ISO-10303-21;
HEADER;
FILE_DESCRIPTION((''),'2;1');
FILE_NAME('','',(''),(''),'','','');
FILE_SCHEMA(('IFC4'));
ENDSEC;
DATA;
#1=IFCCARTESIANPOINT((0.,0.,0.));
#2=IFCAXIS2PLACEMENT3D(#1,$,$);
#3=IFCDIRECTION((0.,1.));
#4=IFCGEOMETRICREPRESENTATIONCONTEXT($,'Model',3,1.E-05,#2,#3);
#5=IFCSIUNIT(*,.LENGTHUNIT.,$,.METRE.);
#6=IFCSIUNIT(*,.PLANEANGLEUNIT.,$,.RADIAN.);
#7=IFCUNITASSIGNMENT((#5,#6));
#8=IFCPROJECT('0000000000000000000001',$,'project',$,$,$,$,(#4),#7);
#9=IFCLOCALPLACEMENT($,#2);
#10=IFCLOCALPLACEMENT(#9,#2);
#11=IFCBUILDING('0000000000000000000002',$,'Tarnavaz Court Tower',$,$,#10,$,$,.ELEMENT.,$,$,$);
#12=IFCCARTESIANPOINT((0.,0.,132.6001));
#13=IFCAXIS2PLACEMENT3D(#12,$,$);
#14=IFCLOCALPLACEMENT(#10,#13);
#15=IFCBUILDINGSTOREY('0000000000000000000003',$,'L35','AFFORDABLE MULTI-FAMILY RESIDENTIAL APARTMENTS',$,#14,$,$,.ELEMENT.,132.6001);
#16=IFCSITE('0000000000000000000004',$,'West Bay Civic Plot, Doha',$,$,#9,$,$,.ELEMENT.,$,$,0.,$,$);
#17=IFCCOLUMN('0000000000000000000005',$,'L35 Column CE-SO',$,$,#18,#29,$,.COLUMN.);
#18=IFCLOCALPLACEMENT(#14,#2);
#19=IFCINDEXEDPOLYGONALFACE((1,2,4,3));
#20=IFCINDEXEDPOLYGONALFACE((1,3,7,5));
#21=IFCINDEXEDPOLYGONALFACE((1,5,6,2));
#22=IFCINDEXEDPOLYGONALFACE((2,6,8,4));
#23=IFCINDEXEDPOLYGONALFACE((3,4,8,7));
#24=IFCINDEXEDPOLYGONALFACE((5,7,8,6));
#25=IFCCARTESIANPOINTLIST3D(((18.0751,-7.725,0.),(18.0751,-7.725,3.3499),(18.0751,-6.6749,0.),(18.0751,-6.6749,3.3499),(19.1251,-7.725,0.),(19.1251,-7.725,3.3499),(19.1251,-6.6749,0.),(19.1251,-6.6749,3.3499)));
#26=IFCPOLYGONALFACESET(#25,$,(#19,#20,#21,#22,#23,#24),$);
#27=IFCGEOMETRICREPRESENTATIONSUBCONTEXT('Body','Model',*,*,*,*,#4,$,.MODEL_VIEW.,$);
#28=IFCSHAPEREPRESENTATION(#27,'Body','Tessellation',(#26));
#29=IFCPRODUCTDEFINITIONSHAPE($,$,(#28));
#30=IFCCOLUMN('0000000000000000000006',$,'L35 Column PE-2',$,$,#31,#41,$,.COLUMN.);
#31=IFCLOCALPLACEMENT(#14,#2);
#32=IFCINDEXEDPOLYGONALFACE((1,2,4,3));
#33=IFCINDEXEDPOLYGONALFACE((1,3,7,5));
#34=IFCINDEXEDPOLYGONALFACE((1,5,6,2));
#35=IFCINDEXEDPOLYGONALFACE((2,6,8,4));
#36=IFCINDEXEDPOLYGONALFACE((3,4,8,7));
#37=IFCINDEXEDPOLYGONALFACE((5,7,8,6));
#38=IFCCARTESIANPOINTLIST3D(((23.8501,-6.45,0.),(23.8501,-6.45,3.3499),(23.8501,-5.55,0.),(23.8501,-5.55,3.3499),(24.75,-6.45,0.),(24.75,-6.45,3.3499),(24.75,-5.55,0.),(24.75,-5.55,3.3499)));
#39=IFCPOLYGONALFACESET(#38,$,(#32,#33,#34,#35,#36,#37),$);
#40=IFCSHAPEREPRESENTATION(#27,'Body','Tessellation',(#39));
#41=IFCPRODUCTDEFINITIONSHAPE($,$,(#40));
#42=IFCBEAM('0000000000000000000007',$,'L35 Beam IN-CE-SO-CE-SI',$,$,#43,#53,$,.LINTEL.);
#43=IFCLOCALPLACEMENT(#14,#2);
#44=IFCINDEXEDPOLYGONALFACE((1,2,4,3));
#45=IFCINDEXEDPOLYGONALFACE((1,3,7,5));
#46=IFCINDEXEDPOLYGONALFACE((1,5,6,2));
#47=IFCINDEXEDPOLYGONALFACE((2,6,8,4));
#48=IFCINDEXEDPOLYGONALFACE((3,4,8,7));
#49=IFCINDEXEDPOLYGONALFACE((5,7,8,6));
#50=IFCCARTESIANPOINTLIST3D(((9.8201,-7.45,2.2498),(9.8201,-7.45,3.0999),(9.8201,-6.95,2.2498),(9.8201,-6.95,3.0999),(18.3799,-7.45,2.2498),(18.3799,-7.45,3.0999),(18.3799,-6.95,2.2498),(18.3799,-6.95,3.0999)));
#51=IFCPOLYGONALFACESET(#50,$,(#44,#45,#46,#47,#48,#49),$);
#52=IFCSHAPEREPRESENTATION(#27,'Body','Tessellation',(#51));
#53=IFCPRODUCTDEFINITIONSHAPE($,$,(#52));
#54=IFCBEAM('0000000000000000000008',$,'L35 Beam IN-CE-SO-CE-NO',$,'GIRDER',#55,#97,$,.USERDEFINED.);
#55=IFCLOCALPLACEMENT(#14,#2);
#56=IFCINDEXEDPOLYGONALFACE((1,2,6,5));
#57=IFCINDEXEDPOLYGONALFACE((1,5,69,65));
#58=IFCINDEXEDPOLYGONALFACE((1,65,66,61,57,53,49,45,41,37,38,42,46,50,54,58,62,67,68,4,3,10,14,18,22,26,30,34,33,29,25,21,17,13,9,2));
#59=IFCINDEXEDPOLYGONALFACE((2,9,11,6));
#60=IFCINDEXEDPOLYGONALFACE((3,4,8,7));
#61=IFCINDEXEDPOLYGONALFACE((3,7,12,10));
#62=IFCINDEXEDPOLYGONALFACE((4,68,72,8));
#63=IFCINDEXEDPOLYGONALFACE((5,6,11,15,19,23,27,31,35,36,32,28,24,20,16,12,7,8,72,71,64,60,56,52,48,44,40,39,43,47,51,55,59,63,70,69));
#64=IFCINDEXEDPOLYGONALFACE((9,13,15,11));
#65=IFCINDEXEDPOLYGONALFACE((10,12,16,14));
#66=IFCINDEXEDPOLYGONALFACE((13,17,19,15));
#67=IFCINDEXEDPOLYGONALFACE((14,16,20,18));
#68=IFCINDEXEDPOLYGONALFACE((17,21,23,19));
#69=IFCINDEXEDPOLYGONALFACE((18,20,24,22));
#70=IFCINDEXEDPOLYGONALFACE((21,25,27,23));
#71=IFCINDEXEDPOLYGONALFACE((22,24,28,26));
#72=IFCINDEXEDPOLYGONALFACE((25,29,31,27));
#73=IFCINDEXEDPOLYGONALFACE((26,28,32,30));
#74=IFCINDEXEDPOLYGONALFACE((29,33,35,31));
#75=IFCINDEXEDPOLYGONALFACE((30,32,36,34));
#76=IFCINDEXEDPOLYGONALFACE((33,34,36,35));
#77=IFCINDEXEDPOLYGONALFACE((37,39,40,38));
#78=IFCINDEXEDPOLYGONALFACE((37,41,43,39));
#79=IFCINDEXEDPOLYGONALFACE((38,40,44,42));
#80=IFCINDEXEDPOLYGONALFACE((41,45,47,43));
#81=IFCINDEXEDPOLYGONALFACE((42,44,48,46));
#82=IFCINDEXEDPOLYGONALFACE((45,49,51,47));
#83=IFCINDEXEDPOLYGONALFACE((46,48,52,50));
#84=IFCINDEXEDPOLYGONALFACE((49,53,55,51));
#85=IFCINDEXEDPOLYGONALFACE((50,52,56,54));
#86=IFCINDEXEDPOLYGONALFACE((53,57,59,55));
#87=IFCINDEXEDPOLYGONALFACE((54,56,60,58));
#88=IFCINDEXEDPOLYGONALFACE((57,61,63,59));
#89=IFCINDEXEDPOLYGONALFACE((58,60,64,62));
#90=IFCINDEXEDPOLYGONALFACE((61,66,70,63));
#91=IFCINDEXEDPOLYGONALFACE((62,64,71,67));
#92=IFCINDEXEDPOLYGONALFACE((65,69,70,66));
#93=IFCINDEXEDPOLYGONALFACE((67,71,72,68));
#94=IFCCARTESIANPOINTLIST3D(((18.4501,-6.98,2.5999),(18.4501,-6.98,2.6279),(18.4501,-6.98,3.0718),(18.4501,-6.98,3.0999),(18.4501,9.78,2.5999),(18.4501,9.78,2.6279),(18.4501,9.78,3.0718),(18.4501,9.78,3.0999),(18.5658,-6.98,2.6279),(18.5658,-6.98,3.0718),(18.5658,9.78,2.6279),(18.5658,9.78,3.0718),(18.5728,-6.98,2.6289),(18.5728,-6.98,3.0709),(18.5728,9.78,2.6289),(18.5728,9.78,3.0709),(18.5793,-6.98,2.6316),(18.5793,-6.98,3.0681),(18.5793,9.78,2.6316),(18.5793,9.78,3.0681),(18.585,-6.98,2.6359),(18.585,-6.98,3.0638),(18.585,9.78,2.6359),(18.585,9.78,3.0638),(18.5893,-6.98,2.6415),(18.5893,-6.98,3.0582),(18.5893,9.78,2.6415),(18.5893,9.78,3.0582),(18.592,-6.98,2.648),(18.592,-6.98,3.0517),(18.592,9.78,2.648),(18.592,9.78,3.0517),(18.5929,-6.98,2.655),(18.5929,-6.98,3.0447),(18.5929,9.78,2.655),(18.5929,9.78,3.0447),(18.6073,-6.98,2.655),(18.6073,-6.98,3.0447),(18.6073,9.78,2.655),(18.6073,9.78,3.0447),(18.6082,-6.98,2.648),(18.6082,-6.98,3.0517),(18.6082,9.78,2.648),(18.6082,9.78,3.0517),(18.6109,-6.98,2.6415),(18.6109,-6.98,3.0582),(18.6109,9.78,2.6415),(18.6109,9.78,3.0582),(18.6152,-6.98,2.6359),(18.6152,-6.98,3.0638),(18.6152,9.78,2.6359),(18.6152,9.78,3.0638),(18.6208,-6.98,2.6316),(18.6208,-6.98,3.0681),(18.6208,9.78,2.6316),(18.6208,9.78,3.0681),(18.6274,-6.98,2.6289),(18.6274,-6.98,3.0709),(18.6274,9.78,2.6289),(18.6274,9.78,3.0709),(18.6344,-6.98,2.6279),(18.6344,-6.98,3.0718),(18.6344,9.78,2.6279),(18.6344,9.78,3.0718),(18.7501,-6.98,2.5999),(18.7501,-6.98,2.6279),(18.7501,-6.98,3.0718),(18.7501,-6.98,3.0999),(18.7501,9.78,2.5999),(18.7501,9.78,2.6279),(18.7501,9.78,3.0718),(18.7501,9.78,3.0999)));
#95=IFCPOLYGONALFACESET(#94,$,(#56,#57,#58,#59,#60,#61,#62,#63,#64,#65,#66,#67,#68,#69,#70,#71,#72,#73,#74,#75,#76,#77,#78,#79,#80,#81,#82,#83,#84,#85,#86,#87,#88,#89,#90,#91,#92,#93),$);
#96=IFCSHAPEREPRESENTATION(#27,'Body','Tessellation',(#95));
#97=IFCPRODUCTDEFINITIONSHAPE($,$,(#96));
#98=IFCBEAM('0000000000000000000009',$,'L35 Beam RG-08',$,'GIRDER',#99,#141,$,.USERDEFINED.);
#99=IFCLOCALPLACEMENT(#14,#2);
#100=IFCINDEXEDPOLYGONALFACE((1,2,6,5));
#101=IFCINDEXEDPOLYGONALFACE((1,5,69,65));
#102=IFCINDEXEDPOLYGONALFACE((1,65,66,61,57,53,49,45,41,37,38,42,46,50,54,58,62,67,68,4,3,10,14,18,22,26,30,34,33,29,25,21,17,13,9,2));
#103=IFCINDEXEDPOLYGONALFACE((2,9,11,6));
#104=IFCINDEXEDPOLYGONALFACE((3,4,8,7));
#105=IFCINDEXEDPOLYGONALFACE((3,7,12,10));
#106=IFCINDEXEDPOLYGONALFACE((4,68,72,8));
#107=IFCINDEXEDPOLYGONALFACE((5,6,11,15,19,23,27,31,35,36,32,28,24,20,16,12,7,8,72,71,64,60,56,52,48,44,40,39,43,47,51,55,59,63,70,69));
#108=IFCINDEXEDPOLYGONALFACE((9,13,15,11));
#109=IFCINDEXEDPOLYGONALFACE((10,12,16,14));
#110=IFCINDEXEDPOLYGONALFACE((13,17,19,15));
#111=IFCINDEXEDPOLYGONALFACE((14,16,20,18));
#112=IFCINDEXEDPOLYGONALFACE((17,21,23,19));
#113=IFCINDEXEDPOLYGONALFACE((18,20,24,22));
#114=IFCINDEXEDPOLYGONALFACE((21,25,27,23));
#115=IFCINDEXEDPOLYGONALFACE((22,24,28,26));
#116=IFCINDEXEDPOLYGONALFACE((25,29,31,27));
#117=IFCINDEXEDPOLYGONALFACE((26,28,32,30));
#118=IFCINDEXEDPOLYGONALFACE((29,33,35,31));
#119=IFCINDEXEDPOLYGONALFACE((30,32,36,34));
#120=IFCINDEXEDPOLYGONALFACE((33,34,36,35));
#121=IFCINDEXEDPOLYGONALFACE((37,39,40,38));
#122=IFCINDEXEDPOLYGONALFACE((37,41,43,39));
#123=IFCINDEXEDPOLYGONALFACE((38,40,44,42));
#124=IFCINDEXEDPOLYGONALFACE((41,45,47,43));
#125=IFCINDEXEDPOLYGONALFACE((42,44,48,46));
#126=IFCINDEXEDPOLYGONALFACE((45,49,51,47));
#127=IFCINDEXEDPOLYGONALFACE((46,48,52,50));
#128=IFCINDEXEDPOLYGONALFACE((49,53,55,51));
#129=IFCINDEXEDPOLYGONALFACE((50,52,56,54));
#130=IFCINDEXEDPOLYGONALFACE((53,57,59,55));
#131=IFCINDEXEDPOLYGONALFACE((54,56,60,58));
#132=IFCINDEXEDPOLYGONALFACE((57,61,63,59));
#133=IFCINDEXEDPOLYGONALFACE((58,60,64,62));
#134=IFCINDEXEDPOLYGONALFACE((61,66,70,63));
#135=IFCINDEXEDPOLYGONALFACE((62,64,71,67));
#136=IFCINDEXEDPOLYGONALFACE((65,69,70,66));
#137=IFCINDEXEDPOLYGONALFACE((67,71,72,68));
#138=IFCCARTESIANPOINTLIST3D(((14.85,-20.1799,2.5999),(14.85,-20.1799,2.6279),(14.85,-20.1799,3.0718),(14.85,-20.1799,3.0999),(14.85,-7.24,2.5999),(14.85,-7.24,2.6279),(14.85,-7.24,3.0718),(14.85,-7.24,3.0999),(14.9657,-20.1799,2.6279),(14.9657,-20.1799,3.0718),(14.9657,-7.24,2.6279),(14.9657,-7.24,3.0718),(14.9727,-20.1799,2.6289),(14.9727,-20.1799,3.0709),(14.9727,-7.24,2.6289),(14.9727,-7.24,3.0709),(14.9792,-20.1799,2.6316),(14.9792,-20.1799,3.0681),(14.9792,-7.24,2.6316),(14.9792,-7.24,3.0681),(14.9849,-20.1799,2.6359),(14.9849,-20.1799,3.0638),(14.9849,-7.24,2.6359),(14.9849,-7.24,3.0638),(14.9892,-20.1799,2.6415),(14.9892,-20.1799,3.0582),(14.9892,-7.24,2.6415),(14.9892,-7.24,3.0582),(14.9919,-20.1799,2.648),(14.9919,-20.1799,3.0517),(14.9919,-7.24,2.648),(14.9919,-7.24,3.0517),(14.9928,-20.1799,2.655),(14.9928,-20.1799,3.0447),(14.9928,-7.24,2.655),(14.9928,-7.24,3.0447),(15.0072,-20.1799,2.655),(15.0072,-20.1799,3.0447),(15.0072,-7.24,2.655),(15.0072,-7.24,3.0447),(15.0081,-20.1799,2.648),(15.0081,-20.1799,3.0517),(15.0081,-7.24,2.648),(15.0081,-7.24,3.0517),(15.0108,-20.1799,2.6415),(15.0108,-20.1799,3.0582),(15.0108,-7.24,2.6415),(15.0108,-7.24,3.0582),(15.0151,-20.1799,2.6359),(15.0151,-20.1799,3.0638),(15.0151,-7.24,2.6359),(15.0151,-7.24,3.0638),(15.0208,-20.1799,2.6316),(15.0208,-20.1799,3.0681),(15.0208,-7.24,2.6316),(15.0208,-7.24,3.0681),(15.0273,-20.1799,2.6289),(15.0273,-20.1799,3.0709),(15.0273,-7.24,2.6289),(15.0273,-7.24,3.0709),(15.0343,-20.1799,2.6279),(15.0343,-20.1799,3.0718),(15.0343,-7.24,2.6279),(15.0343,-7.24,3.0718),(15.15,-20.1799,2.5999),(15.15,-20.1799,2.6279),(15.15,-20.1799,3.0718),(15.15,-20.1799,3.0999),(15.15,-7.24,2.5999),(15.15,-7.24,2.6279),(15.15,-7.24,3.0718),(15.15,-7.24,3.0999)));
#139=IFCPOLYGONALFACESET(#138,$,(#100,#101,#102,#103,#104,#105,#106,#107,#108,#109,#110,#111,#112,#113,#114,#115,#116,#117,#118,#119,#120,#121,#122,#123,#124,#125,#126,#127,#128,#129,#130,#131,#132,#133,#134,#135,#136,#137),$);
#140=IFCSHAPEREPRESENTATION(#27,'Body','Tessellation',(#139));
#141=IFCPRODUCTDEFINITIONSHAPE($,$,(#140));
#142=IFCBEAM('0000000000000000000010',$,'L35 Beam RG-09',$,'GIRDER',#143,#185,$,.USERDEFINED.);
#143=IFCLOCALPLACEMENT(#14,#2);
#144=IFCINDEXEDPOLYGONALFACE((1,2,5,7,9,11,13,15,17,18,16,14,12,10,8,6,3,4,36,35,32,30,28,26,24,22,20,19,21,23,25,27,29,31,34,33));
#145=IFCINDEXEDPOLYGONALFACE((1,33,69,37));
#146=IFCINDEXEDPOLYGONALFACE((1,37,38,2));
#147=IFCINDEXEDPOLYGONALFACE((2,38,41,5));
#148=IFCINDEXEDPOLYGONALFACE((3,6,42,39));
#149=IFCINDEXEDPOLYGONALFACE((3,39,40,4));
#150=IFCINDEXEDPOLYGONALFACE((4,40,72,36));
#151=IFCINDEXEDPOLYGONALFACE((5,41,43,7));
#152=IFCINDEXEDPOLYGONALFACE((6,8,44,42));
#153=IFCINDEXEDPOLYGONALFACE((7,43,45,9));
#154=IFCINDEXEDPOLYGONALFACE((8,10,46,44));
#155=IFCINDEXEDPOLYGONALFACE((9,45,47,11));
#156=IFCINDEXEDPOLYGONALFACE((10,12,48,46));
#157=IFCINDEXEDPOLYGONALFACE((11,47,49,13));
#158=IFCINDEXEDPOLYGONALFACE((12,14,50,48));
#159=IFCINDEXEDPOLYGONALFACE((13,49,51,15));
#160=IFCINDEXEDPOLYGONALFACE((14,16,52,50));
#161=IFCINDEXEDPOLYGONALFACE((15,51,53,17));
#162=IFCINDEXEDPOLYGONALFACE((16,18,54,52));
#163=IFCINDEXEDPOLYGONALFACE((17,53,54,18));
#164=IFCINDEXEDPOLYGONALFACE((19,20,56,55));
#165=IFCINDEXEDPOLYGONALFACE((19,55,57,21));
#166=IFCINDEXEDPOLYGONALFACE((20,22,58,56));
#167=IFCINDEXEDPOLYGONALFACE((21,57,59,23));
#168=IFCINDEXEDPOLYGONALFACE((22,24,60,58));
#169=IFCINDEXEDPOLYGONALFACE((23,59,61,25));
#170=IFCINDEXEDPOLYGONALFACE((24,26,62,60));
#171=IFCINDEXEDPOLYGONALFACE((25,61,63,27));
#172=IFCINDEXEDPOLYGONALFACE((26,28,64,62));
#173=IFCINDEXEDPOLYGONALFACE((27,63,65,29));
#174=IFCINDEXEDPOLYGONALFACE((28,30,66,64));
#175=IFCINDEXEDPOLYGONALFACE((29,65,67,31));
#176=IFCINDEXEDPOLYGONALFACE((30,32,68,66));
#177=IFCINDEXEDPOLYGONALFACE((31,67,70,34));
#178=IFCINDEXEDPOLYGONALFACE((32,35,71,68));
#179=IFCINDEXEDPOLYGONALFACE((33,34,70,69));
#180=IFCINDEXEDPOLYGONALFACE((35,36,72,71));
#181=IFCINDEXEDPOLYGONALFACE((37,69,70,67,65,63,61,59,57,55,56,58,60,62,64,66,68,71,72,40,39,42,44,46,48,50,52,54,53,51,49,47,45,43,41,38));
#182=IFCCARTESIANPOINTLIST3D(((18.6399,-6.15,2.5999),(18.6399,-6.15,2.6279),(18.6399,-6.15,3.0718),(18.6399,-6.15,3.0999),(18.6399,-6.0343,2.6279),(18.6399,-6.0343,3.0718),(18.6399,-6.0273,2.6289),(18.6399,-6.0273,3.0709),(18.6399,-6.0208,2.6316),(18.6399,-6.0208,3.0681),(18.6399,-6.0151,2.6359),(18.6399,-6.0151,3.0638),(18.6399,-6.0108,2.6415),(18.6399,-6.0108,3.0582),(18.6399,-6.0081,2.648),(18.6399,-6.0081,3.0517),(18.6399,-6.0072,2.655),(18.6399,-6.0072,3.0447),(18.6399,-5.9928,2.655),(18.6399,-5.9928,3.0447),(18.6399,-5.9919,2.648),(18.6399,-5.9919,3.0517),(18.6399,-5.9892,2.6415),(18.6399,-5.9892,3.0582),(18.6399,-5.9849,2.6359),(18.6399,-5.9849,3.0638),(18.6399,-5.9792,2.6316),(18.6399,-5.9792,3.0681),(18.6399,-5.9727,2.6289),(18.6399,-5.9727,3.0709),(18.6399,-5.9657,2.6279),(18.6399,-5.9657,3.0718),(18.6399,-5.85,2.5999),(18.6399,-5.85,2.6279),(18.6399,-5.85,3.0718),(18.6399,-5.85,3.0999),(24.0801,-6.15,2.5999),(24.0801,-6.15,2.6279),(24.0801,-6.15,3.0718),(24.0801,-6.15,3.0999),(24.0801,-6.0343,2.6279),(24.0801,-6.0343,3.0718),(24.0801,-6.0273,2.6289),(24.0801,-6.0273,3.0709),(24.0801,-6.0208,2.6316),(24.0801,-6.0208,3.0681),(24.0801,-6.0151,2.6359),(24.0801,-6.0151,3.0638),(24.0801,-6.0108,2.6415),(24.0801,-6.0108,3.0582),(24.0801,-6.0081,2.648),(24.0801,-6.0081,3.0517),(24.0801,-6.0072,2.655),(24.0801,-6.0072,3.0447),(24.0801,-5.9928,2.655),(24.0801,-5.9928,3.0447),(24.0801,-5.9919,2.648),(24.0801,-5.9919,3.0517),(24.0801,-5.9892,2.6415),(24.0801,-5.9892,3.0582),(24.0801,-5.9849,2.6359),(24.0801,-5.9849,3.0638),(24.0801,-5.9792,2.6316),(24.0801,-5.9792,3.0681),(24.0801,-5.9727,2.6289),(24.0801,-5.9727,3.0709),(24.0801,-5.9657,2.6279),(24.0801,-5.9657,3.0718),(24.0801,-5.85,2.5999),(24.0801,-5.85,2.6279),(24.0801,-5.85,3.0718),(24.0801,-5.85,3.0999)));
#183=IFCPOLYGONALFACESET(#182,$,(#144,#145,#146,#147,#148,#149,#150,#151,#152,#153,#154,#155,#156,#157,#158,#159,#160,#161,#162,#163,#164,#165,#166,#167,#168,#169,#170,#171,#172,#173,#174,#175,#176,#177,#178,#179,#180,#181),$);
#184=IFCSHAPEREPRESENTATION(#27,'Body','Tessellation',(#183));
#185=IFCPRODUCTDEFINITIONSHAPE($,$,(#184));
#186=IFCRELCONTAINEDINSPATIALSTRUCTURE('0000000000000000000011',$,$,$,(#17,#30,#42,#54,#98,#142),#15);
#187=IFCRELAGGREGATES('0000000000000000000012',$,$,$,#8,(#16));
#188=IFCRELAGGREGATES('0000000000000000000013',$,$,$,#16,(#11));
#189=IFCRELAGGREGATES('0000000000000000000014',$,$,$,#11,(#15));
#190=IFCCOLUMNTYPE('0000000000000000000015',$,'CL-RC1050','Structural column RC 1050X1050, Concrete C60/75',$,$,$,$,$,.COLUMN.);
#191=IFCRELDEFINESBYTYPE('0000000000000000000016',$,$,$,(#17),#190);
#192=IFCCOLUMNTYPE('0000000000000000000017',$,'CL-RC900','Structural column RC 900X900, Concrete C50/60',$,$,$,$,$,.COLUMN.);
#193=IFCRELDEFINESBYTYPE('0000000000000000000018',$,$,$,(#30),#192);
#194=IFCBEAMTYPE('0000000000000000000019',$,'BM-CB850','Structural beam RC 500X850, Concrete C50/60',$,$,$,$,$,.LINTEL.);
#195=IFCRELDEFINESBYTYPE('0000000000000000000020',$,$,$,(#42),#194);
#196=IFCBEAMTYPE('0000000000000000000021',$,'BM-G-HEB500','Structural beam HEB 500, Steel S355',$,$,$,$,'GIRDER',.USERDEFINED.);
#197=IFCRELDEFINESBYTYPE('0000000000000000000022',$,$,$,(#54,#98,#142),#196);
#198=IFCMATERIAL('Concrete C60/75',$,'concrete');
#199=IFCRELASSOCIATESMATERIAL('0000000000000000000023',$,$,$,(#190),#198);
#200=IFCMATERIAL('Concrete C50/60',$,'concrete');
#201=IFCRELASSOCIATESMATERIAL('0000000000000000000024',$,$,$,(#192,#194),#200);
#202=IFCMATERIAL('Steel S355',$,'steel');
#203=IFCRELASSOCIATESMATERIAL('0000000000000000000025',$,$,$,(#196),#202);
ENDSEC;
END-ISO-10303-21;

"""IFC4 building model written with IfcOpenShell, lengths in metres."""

from ifc_helpers import new_model, si_unit, direction, frame, origin, origin_2d, place, context, subcontext, project, spatial, rectangle, i_section, extrude, material, material_profile, profile_set, type_object, element, save


model = new_model("IFC4")

# Units and contexts
model_context = context("Model", 3, precision=1e-05, world=origin(), true_north=direction((0.0, 1.0)))
body_context = subcontext(model_context, "Body", "Model", "MODEL_VIEW")
ifc_project = project(units=[si_unit("LENGTHUNIT", "METRE"), si_unit("PLANEANGLEUNIT", "RADIAN")], contexts=[model_context])

# Site, building, storey
site_placement = place(None, origin())
site = spatial("IfcSite", under=ifc_project, at=site_placement, Name="West Bay Civic Plot, Doha", CompositionType="ELEMENT", RefElevation=0.0)
building_placement = place(site_placement, origin())
building = spatial("IfcBuilding", under=site, at=building_placement, Name="Tarnavaz Court Tower", CompositionType="ELEMENT")
storey_placement = place(building_placement, frame((0.0, 0.0, 132.6001)))
storey = spatial("IfcBuildingStorey", under=building, at=storey_placement, Name="L35", Description="AFFORDABLE MULTI-FAMILY RESIDENTIAL APARTMENTS", CompositionType="ELEMENT", Elevation=132.6001)

# Columns
ifc_material_1 = material(Name="Concrete C60/75", Category="concrete")
ifc_material_profile_1 = material_profile(ifc_material_1, rectangle(XDim=1.05, YDim=1.05, at=origin_2d()), Name="RC 1050X1050")
ifc_profile_set_1 = profile_set([ifc_material_profile_1], Name="Concrete C60/75")
column_type_1 = type_object("IfcColumnType", Name="CL-RC1050", Description="Structural column RC 1050X1050, Concrete C60/75", PredefinedType="COLUMN", material=ifc_profile_set_1)
column_1_placement = place(storey_placement, frame((18.6001, -7.2, 0.0), z_axis=(0.0, 0.0, 1.0), x_axis=(1.0, 0.0, 0.0)))
element("IfcColumn", 1, at=column_1_placement, inside=storey, type_object=column_type_1, Name="L35 Column CE-SO", PredefinedType="COLUMN", context=body_context, shape_type="SweptSolid", body=[
    extrude(rectangle(XDim=1.05, YDim=1.05, at=origin_2d()), origin(), (0.0, 0.0, 1.0), 3.3499),
])
ifc_material_2 = material(Name="Concrete C50/60", Category="concrete")
ifc_material_profile_2 = material_profile(ifc_material_2, rectangle(XDim=0.8999, YDim=0.8999, at=origin_2d()), Name="RC 900X900")
ifc_profile_set_2 = profile_set([ifc_material_profile_2], Name="Concrete C50/60")
column_type_2 = type_object("IfcColumnType", Name="CL-RC900", Description="Structural column RC 900X900, Concrete C50/60", PredefinedType="COLUMN", material=ifc_profile_set_2)
column_2_placement = place(storey_placement, frame((24.3, -6.0, 0.0), z_axis=(0.0, 0.0, 1.0), x_axis=(1.0, 0.0, 0.0)))
element("IfcColumn", 2, at=column_2_placement, inside=storey, type_object=column_type_2, Name="L35 Column PE-2", PredefinedType="COLUMN", context=body_context, shape_type="SweptSolid", body=[
    extrude(rectangle(XDim=0.8999, YDim=0.8999, at=origin_2d()), origin(), (0.0, 0.0, 1.0), 3.3499),
])

# Beams
ifc_material_profile_3 = material_profile(ifc_material_2, rectangle(XDim=0.5, YDim=0.8501, at=origin_2d()), Name="RC 500X850")
ifc_profile_set_3 = profile_set([ifc_material_profile_3], Name="Concrete C50/60")
beam_type_1 = type_object("IfcBeamType", Name="BM-CB850", Description="Structural beam RC 500X850, Concrete C50/60", PredefinedType="LINTEL", material=ifc_profile_set_3)
beam_1_placement = place(storey_placement, frame((18.3799, -7.2, 2.6748), z_axis=(-1.0, 0.0, 0.0), x_axis=(0.0, -1.0, 0.0)))
element("IfcBeam", 3, at=beam_1_placement, inside=storey, type_object=beam_type_1, Name="L35 Beam IN-CE-SO-CE-SI", PredefinedType="LINTEL", context=body_context, shape_type="SweptSolid", body=[
    extrude(rectangle(XDim=0.5, YDim=0.8501, at=origin_2d()), origin(), (0.0, 0.0, 1.0), 8.5598),
])
ifc_material_3 = material(Name="Steel S355", Category="steel")
ifc_material_profile_4 = material_profile(ifc_material_3, i_section(OverallWidth=0.3, OverallDepth=0.5, WebThickness=0.0144, FlangeThickness=0.0281, FilletRadius=0.0271, at=origin_2d()), Name="HEB 500")
ifc_profile_set_4 = profile_set([ifc_material_profile_4], Name="Steel S355")
beam_type_2 = type_object("IfcBeamType", Name="BM-G-HEB500", Description="Structural beam HEB 500, Steel S355", ElementType="GIRDER", PredefinedType="USERDEFINED", material=ifc_profile_set_4)
beam_2_placement = place(storey_placement, frame((18.6001, -6.98, 2.8499), z_axis=(0.0, 1.0, 0.0), x_axis=(-1.0, 0.0, 0.0)))
element("IfcBeam", 4, at=beam_2_placement, inside=storey, type_object=beam_type_2, Name="L35 Beam IN-CE-SO-CE-NO", ObjectType="GIRDER", PredefinedType="USERDEFINED", context=body_context, shape_type="SweptSolid", body=[
    extrude(i_section(OverallWidth=0.3, OverallDepth=0.5, WebThickness=0.0144, FlangeThickness=0.0281, FilletRadius=0.0271, at=origin_2d()), origin(), (0.0, 0.0, 1.0), 16.76),
])
beam_3_placement = place(storey_placement, frame((15.0, -7.24, 2.8499), z_axis=(0.0, -1.0, 0.0), x_axis=(1.0, 0.0, 0.0)))
element("IfcBeam", 5, at=beam_3_placement, inside=storey, type_object=beam_type_2, Name="L35 Beam RG-08", ObjectType="GIRDER", PredefinedType="USERDEFINED", context=body_context, shape_type="SweptSolid", body=[
    extrude(i_section(OverallWidth=0.3, OverallDepth=0.5, WebThickness=0.0144, FlangeThickness=0.0281, FilletRadius=0.0271, at=origin_2d()), origin(), (0.0, 0.0, 1.0), 12.9399),
])
beam_4_placement = place(storey_placement, frame((18.6399, -6.0, 2.8499), z_axis=(1.0, 0.0, 0.0), x_axis=(0.0, 1.0, 0.0)))
element("IfcBeam", 6, at=beam_4_placement, inside=storey, type_object=beam_type_2, Name="L35 Beam RG-09", ObjectType="GIRDER", PredefinedType="USERDEFINED", context=body_context, shape_type="SweptSolid", body=[
    extrude(i_section(OverallWidth=0.3, OverallDepth=0.5, WebThickness=0.0144, FlangeThickness=0.0281, FilletRadius=0.0271, at=origin_2d()), origin(), (0.0, 0.0, 1.0), 5.4402),
])

save(model, "model.ifc")
